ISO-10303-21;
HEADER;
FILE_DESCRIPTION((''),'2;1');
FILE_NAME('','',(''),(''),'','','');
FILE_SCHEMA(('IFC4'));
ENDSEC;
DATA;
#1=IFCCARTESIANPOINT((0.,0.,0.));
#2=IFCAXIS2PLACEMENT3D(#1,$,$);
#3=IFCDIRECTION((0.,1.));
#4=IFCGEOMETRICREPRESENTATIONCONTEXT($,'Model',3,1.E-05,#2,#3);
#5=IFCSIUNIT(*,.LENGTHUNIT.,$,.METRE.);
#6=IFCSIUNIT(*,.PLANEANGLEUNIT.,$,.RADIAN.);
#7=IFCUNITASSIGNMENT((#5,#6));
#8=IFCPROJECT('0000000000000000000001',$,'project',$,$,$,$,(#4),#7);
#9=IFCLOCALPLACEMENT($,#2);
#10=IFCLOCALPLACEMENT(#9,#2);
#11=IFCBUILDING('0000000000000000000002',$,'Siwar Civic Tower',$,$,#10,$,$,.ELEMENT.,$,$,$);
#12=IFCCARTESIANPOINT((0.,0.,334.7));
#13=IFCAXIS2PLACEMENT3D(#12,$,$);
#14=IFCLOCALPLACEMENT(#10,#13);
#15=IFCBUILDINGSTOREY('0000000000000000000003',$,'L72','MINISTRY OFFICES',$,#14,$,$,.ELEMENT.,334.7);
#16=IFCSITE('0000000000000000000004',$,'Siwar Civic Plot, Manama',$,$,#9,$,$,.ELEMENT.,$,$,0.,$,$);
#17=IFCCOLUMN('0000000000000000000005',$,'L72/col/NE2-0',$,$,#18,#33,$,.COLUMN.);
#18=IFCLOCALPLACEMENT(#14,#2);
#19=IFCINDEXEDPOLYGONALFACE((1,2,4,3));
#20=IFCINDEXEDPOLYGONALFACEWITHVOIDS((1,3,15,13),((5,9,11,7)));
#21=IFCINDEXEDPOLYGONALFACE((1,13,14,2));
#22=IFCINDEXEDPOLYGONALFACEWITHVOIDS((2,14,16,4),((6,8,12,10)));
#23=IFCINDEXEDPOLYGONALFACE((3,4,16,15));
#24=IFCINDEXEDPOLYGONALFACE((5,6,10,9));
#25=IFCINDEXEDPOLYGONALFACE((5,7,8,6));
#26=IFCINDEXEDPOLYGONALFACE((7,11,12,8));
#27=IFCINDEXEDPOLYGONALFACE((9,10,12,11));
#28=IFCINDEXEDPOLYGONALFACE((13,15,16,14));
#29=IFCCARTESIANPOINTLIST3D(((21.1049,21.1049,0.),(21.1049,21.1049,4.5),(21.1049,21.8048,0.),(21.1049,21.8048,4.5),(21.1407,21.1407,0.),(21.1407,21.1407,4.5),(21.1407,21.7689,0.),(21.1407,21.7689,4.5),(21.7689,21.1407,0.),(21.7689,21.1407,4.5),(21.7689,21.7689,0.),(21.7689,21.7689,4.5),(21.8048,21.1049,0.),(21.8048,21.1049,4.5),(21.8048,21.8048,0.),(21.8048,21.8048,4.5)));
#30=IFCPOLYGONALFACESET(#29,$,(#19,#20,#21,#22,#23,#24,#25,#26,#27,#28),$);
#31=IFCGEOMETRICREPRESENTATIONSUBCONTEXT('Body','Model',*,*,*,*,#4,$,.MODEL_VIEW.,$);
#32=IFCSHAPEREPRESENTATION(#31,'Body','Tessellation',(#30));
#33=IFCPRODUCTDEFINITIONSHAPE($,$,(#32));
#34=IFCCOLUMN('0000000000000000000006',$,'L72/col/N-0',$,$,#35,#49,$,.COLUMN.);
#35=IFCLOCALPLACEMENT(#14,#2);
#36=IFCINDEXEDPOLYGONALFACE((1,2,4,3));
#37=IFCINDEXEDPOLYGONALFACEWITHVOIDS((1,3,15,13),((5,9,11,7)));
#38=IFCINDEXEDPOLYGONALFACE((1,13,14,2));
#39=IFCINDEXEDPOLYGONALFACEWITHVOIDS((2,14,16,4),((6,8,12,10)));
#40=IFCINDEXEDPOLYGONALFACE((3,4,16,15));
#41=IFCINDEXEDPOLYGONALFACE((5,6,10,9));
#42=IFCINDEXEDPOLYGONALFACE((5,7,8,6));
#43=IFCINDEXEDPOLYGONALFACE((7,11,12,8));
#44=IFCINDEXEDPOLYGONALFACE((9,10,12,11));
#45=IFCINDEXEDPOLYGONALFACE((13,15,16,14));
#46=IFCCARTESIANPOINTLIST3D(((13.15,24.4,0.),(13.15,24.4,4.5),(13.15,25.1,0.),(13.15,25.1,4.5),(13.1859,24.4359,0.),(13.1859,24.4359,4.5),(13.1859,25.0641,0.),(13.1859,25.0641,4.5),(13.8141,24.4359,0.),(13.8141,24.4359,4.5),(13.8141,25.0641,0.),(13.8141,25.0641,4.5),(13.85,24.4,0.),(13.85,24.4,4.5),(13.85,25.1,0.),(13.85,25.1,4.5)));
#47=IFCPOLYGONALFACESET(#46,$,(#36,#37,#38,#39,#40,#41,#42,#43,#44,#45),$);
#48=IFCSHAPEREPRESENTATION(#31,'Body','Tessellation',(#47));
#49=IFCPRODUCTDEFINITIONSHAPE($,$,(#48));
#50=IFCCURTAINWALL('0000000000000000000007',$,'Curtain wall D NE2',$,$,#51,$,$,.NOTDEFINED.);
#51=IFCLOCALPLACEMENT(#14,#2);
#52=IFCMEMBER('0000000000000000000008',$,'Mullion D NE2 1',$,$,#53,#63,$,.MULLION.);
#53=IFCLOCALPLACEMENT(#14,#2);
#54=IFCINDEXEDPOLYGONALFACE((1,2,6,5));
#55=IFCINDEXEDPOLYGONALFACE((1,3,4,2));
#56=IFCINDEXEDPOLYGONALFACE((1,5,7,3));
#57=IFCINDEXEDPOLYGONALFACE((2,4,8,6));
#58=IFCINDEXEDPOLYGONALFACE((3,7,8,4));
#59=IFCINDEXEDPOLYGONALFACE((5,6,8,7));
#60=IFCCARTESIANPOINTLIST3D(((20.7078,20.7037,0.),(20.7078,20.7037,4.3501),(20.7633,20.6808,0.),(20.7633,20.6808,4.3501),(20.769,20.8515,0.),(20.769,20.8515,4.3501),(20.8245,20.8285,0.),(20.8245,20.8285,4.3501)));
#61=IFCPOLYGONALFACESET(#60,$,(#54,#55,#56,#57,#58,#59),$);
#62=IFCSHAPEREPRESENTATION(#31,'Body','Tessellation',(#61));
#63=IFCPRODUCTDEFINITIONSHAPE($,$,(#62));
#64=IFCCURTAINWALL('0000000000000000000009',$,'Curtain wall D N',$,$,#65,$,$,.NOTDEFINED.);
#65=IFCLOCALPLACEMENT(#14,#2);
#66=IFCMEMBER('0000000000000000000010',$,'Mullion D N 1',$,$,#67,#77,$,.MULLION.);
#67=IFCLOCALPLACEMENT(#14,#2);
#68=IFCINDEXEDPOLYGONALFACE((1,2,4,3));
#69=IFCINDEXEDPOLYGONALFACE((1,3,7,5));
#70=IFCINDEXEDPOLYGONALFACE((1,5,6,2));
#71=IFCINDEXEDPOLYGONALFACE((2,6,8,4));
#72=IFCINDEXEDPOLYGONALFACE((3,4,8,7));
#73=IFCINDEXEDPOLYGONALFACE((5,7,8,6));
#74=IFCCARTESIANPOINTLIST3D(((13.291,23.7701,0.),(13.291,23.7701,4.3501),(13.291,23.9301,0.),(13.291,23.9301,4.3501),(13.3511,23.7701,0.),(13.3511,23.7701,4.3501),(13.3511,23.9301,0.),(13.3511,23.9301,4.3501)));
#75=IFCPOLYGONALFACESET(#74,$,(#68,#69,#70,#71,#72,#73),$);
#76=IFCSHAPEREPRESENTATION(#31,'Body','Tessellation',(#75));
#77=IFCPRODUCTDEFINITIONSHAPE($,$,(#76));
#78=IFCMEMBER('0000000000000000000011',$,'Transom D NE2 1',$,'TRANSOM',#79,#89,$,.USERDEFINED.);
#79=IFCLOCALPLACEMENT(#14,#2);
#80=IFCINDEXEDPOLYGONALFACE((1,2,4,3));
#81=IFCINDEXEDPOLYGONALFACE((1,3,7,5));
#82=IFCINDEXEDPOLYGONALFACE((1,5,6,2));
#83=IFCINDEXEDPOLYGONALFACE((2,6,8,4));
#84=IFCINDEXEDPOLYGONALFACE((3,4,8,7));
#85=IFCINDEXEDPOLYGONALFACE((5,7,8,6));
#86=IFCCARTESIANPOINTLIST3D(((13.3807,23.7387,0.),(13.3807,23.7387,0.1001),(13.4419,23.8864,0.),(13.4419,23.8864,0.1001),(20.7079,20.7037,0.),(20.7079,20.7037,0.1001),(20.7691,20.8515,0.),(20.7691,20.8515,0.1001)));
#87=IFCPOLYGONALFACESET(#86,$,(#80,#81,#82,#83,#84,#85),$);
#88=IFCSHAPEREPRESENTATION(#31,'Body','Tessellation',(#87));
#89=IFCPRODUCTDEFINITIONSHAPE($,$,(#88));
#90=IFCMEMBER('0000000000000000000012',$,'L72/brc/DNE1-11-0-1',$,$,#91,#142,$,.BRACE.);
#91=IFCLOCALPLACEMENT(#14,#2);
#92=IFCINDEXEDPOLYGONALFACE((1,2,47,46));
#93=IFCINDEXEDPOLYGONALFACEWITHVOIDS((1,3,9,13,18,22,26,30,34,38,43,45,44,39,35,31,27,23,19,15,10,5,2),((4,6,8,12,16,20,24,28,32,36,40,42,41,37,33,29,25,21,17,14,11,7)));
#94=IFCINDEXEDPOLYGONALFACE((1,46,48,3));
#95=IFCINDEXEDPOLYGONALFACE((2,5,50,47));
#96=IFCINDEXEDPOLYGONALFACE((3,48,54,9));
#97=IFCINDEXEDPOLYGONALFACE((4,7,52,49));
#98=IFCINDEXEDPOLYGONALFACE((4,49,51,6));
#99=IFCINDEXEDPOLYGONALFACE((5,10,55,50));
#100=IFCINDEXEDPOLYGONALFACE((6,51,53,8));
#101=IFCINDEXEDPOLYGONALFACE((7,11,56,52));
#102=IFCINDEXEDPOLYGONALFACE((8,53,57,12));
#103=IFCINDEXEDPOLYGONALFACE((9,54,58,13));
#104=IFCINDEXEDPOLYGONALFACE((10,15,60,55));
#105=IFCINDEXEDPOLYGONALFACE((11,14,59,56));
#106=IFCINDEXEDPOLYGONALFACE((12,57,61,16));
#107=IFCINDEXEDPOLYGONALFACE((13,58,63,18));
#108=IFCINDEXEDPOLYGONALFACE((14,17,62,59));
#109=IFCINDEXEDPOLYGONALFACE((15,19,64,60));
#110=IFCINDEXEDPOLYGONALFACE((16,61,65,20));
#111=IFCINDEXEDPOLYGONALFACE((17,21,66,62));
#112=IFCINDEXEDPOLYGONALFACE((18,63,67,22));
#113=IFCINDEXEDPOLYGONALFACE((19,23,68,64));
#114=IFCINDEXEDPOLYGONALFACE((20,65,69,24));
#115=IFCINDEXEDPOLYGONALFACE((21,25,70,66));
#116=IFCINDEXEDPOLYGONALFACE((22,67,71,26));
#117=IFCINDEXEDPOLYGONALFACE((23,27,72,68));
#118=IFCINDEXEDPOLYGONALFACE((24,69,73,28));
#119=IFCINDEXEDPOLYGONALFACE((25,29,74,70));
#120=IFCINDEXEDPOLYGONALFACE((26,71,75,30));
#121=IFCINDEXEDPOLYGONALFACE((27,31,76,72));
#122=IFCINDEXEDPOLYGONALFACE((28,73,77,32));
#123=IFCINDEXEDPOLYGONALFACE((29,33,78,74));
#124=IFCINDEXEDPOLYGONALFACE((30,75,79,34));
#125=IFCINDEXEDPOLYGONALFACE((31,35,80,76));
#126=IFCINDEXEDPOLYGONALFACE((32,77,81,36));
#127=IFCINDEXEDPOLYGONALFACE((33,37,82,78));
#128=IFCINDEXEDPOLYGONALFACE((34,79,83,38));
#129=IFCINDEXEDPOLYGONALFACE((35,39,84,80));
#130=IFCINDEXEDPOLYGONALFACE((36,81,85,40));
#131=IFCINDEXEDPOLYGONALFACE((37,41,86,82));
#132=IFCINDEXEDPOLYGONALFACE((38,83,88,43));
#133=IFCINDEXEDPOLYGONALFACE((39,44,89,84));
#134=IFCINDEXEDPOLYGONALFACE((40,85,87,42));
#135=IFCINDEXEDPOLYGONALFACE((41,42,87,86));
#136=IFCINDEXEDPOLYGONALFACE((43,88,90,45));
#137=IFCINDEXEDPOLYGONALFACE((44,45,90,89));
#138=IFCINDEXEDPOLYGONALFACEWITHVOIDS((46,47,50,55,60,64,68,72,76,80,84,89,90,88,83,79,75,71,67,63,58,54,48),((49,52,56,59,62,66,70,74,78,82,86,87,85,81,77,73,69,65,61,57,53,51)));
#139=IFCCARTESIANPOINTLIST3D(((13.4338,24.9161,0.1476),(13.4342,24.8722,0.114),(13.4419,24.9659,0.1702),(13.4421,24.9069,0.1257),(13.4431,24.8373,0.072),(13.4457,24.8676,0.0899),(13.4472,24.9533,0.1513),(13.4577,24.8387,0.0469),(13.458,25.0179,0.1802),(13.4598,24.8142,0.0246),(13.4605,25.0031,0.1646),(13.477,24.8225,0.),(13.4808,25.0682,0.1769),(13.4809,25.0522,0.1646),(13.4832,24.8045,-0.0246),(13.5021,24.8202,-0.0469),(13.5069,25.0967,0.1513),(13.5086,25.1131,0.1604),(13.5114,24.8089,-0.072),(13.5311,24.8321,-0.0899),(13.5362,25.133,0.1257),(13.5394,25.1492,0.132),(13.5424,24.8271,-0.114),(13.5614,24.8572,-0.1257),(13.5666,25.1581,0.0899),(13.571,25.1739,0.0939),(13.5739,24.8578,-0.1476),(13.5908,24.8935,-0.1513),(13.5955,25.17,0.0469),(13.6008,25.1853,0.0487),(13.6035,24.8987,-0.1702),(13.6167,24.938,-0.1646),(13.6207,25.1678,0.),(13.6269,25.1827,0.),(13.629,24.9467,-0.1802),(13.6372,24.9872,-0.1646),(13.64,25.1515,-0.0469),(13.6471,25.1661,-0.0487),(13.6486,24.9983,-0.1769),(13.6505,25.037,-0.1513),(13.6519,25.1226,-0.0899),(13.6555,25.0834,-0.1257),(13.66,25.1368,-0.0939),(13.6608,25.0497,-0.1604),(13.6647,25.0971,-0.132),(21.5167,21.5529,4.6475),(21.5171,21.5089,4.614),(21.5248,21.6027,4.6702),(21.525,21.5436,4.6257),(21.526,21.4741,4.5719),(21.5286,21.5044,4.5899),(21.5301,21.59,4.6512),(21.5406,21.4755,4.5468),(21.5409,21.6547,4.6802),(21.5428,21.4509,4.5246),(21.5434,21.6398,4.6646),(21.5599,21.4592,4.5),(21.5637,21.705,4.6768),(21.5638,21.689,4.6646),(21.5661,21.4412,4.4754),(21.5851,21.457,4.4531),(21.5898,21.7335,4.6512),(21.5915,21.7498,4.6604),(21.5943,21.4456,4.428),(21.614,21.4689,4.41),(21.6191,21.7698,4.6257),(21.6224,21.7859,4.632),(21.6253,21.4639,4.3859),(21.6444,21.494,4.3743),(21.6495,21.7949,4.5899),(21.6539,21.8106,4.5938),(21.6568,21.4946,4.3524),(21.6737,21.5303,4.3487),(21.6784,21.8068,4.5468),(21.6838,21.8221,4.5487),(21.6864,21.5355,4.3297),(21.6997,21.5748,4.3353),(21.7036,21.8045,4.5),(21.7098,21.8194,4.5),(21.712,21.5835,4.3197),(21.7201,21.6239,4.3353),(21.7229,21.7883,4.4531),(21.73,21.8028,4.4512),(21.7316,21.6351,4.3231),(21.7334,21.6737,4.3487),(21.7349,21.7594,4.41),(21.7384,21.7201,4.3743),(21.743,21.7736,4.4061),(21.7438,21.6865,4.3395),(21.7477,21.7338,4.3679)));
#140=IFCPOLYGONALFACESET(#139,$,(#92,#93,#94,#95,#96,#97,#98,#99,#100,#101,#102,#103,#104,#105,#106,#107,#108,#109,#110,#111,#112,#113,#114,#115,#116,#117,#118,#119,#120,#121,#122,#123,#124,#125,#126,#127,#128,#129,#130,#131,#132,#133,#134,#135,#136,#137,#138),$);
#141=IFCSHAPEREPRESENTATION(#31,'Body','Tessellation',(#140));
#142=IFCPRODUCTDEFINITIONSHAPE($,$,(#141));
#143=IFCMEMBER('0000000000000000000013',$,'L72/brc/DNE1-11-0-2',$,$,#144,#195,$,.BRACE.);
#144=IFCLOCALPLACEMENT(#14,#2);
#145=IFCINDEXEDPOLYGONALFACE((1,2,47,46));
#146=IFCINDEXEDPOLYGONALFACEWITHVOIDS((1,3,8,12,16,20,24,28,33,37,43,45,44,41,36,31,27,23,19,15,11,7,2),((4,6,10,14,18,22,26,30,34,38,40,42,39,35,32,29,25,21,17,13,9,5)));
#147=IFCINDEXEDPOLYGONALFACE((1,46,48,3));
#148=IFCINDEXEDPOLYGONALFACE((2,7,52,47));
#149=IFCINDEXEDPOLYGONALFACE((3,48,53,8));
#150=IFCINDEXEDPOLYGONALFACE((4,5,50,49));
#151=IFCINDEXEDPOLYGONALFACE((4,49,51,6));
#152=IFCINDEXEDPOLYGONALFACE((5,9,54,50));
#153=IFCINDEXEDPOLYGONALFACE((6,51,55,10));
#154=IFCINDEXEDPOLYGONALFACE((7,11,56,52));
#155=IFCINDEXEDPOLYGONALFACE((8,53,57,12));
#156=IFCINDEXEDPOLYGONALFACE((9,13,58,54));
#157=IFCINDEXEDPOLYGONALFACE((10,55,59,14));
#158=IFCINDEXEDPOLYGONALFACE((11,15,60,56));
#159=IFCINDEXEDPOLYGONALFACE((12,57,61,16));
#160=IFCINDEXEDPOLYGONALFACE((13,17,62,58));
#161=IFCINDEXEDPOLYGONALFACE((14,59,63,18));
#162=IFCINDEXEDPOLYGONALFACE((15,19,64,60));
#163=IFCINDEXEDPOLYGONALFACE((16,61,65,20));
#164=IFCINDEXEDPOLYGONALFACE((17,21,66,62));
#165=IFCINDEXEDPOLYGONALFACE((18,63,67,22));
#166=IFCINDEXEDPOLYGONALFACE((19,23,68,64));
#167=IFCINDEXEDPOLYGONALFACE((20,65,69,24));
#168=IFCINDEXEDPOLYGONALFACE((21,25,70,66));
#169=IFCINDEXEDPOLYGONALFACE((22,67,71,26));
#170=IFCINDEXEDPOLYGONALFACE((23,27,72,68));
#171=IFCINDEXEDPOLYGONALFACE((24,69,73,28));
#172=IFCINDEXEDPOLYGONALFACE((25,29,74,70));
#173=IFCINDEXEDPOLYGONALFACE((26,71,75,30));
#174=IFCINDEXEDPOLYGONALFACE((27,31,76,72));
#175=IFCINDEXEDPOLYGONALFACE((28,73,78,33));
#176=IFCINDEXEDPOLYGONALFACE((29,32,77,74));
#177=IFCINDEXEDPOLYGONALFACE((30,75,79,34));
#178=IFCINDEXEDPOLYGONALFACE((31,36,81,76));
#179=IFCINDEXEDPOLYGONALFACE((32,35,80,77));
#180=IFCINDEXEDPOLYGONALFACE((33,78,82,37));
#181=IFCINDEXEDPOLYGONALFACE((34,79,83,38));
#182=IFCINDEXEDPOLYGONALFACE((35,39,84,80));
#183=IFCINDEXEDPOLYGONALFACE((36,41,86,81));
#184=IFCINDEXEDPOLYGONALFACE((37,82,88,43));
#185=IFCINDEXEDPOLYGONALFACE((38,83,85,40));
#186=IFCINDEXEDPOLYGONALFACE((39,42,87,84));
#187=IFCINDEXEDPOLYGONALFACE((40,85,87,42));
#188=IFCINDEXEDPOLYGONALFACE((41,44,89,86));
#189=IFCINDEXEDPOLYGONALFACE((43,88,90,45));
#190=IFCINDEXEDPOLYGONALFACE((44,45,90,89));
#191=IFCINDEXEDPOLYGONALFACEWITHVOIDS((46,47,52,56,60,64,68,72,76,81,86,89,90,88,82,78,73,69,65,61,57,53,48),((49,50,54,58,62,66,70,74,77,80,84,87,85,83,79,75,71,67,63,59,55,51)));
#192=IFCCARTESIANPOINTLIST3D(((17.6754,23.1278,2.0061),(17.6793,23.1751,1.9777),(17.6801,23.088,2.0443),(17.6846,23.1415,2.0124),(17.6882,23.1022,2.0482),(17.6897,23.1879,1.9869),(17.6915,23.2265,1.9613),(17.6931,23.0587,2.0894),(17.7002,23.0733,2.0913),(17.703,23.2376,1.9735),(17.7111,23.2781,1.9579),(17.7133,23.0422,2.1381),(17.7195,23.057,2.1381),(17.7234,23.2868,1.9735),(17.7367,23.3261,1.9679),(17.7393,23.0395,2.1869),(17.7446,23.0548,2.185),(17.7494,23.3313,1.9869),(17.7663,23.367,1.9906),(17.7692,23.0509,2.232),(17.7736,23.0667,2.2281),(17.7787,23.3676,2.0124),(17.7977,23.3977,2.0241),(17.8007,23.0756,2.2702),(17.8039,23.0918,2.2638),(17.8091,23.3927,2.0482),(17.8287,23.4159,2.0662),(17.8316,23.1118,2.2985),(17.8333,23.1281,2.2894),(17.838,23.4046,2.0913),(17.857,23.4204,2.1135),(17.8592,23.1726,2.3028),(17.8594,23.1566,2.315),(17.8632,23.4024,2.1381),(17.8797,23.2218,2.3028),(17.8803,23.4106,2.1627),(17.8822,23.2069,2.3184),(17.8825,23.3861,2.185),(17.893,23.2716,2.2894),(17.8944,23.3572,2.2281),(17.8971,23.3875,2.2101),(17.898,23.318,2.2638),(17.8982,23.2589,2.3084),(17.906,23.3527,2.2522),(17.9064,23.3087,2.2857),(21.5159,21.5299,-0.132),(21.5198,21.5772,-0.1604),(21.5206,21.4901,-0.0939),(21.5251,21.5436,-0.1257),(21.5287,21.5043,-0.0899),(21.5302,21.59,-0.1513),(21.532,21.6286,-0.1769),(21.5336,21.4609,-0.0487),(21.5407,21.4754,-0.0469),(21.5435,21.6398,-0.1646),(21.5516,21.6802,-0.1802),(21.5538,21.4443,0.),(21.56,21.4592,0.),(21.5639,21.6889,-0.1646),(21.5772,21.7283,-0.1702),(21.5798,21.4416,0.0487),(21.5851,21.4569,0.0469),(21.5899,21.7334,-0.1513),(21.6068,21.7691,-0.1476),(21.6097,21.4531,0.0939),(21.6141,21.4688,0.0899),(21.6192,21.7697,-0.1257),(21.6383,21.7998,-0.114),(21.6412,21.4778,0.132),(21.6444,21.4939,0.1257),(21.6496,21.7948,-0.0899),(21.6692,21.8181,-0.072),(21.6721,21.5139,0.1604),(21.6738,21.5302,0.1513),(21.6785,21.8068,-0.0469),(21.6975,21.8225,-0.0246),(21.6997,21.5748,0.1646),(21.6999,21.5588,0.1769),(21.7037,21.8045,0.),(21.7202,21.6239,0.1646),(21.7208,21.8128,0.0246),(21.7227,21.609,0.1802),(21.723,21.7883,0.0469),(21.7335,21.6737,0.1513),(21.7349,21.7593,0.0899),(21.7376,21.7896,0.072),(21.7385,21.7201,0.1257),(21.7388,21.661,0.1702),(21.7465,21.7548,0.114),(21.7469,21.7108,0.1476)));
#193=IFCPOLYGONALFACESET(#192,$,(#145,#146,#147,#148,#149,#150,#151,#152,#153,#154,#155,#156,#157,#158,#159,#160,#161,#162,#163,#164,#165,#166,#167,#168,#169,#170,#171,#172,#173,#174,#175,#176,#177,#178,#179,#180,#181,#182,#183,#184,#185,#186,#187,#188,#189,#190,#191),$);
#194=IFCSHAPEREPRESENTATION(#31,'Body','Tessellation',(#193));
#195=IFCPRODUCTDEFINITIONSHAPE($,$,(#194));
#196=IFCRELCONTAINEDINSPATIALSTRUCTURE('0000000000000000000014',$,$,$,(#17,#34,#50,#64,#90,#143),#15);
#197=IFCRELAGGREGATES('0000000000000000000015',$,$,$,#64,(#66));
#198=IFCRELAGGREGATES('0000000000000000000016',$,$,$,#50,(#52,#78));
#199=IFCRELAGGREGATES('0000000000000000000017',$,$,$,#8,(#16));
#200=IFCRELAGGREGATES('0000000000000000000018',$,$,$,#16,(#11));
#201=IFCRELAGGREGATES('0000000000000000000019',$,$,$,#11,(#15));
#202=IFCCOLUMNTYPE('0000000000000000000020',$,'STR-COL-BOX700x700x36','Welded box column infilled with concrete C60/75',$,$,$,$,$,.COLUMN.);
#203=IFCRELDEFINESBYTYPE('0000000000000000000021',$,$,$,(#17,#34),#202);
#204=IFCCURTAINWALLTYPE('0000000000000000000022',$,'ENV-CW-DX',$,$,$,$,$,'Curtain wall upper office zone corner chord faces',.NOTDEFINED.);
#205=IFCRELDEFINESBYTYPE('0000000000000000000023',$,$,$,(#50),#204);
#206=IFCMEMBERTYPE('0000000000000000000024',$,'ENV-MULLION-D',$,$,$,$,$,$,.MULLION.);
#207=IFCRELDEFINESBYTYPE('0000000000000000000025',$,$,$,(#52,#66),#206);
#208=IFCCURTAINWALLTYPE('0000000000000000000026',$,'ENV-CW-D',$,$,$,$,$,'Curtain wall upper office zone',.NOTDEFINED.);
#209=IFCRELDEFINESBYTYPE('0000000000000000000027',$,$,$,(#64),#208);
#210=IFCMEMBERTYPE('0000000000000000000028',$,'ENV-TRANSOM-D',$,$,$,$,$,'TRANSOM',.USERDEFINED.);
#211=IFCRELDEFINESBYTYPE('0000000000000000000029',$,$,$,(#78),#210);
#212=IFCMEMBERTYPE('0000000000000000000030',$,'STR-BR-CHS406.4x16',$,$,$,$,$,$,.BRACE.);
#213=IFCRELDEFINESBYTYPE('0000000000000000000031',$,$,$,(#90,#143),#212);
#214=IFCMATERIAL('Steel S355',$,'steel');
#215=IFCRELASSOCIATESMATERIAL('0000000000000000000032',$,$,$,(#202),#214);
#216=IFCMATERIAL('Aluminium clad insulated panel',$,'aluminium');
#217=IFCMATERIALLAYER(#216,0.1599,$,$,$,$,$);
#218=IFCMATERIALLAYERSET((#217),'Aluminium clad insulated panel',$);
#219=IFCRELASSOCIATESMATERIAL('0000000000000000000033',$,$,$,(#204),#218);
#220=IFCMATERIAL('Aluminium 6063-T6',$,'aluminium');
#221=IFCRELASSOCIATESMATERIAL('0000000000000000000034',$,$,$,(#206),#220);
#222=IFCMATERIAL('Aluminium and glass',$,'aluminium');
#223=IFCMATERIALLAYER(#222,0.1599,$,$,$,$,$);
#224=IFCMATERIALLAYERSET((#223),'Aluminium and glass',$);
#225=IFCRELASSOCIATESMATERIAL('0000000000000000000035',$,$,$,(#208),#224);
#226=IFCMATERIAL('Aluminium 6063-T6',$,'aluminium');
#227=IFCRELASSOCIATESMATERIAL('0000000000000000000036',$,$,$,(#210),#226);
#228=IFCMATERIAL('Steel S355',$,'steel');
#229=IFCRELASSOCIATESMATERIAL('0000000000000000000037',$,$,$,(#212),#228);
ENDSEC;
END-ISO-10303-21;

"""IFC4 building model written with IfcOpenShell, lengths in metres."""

from ifc_helpers import new_model, si_unit, direction, frame, origin, origin_2d, place, context, subcontext, project, spatial, rectangle, hollow_rectangle, hollow_circle, extrude, material, layer, layer_set, material_profile, profile_set, type_object, element, aggregate, save


model = new_model("IFC4")

# Units and contexts
model_context = context("Model", 3, precision=1e-05, world=origin(), true_north=direction((0.0, 1.0)))
body_context = subcontext(model_context, "Body", "Model", "MODEL_VIEW")
ifc_project = project(units=[si_unit("LENGTHUNIT", "METRE"), si_unit("PLANEANGLEUNIT", "RADIAN")], contexts=[model_context])

# Site, building, storey
site_placement = place(None, origin())
site = spatial("IfcSite", under=ifc_project, at=site_placement, Name="Siwar Civic Plot, Manama", CompositionType="ELEMENT", RefElevation=0.0)
building_placement = place(site_placement, origin())
building = spatial("IfcBuilding", under=site, at=building_placement, Name="Siwar Civic Tower", CompositionType="ELEMENT")
storey_placement = place(building_placement, frame((0.0, 0.0, 334.7)))
storey = spatial("IfcBuildingStorey", under=building, at=storey_placement, Name="L72", Description="MINISTRY OFFICES", CompositionType="ELEMENT", Elevation=334.7)

# Columns
ifc_material_1 = material(Name="Steel S355", Category="steel")
ifc_material_profile_1 = material_profile(ifc_material_1, hollow_rectangle(XDim=0.7, YDim=0.7, WallThickness=0.0359, at=origin_2d()), Name="BOX700x700x36")
ifc_profile_set_1 = profile_set([ifc_material_profile_1], Name="Steel S355")
column_type = type_object("IfcColumnType", Name="STR-COL-BOX700x700x36", Description="Welded box column infilled with concrete C60/75", PredefinedType="COLUMN", material=ifc_profile_set_1)
for number, where, z_axis, x_axis, name in (
    (1, (21.4548, 21.4548, 0.0), (0.0, 0.0, 1.0), (1.0, 0.0, 0.0), "L72/col/NE2-0"),
    (2, (13.5, 24.75, 0.0), (0.0, 0.0, 1.0), (1.0, 0.0, 0.0), "L72/col/N-0"),
):
    element("IfcColumn", number, at=place(storey_placement, frame(where, z_axis=z_axis, x_axis=x_axis)), inside=storey, type_object=column_type, Name=name, PredefinedType="COLUMN", context=body_context, shape_type="SweptSolid", body=[
        extrude(hollow_rectangle(XDim=0.7, YDim=0.7, WallThickness=0.0359, at=origin_2d()), origin(), (0.0, 0.0, 1.0), 4.5),
    ])

# Curtain walls, members
ifc_material_2 = material(Name="Aluminium clad insulated panel", Category="aluminium")
ifc_layer_1 = layer(ifc_material_2, 0.1599)
ifc_layer_set_1 = layer_set([ifc_layer_1], Name="Aluminium clad insulated panel")
curtain_wall_type_1 = type_object("IfcCurtainWallType", Name="ENV-CW-DX", ElementType="Curtain wall upper office zone corner chord faces", PredefinedType="NOTDEFINED", material=ifc_layer_set_1)
curtain_wall_1_placement = place(storey_placement, origin())
curtain_wall_1 = element("IfcCurtainWall", 3, at=curtain_wall_1_placement, inside=storey, type_object=curtain_wall_type_1, Name="Curtain wall D NE2", PredefinedType="NOTDEFINED")
ifc_material_3 = material(Name="Aluminium 6063-T6", Category="aluminium")
ifc_material_profile_2 = material_profile(ifc_material_3, rectangle(XDim=0.1599, YDim=0.0601, at=origin_2d()), Name="AL 160x60")
ifc_profile_set_2 = profile_set([ifc_material_profile_2], Name="Aluminium 6063-T6")
member_type_1 = type_object("IfcMemberType", Name="ENV-MULLION-D", PredefinedType="MULLION", material=ifc_profile_set_2)
member_1_placement = place(storey_placement, frame((20.7661, 20.7661, 0.0), z_axis=(0.0, 0.0, 1.0), x_axis=(-0.382683, -0.92388, 0.0)))
member_1 = element("IfcMember", 4, at=member_1_placement, type_object=member_type_1, Name="Mullion D NE2 1", PredefinedType="MULLION", context=body_context, shape_type="SweptSolid", body=[
    extrude(rectangle(XDim=0.1599, YDim=0.0601, at=origin_2d()), origin(), (0.0, 0.0, 1.0), 4.3501),
])
ifc_material_4 = material(Name="Aluminium and glass", Category="aluminium")
ifc_layer_2 = layer(ifc_material_4, 0.1599)
ifc_layer_set_2 = layer_set([ifc_layer_2], Name="Aluminium and glass")
curtain_wall_type_2 = type_object("IfcCurtainWallType", Name="ENV-CW-D", ElementType="Curtain wall upper office zone", PredefinedType="NOTDEFINED", material=ifc_layer_set_2)
curtain_wall_2_placement = place(storey_placement, origin())
curtain_wall_2 = element("IfcCurtainWall", 5, at=curtain_wall_2_placement, inside=storey, type_object=curtain_wall_type_2, Name="Curtain wall D N", PredefinedType="NOTDEFINED")
member_2_placement = place(storey_placement, frame((13.321, 23.8501, 0.0), z_axis=(0.0, 0.0, 1.0), x_axis=(0.0, -1.0, 0.0)))
member_2 = element("IfcMember", 6, at=member_2_placement, type_object=member_type_1, Name="Mullion D N 1", PredefinedType="MULLION", context=body_context, shape_type="SweptSolid", body=[
    extrude(rectangle(XDim=0.1599, YDim=0.0601, at=origin_2d()), origin(), (0.0, 0.0, 1.0), 4.3501),
])
aggregate(curtain_wall_2, [member_2])

# Member
ifc_material_5 = material(Name="Aluminium 6063-T6", Category="aluminium")
ifc_material_profile_3 = material_profile(ifc_material_5, rectangle(XDim=0.1599, YDim=0.1001, at=origin_2d()), Name="AL 160x100")
ifc_profile_set_3 = profile_set([ifc_material_profile_3], Name="Aluminium 6063-T6")
member_type_2 = type_object("IfcMemberType", Name="ENV-TRANSOM-D", ElementType="TRANSOM", PredefinedType="USERDEFINED", material=ifc_profile_set_3)
member_3_placement = place(storey_placement, frame((20.7385, 20.7776, 0.05), z_axis=(-0.923884, 0.382674, 0.0), x_axis=(-0.382674, -0.923884, 0.0)))
member_3 = element("IfcMember", 7, at=member_3_placement, type_object=member_type_2, Name="Transom D NE2 1", ObjectType="TRANSOM", PredefinedType="USERDEFINED", context=body_context, shape_type="SweptSolid", body=[
    extrude(rectangle(XDim=0.1599, YDim=0.1001, at=origin_2d()), origin(), (0.0, 0.0, 1.0), 7.9309),
])

# Members
ifc_material_6 = material(Name="Steel S355", Category="steel")
ifc_material_profile_4 = material_profile(ifc_material_6, hollow_circle(Radius=0.2031, WallThickness=0.0161, at=origin_2d()), Name="CHS406.4x16")
ifc_profile_set_4 = profile_set([ifc_material_profile_4], Name="Steel S355")
member_type_3 = type_object("IfcMemberType", Name="STR-BR-CHS406.4x16", PredefinedType="BRACE", material=ifc_profile_set_4)
member_4_placement = place(storey_placement, frame((13.5488, 24.9951, 0.0), z_axis=(0.821143, -0.341671, 0.457149), x_axis=(0.384164, 0.923265, 0.0)))
element("IfcMember", 8, at=member_4_placement, inside=storey, type_object=member_type_3, Name="L72/brc/DNE1-11-0-1", PredefinedType="BRACE", context=body_context, shape_type="SweptSolid", body=[
    extrude(hollow_circle(Radius=0.2031, WallThickness=0.0161, at=origin_2d()), origin(), (0.0, 0.0, 1.0), 9.8435),
])
member_5_placement = place(storey_placement, frame((21.6318, 21.6318, 0.0), z_axis=(-0.821147, 0.341644, 0.457161), x_axis=(-0.384136, -0.923276, 0.0)))
element("IfcMember", 9, at=member_5_placement, inside=storey, type_object=member_type_3, Name="L72/brc/DNE1-11-0-2", PredefinedType="BRACE", context=body_context, shape_type="SweptSolid", body=[
    extrude(hollow_circle(Radius=0.2031, WallThickness=0.0161, at=origin_2d()), origin(), (0.0, 0.0, 1.0), 4.677),
])

aggregate(curtain_wall_1, [member_1, member_3])

save(model, "model.ifc")
